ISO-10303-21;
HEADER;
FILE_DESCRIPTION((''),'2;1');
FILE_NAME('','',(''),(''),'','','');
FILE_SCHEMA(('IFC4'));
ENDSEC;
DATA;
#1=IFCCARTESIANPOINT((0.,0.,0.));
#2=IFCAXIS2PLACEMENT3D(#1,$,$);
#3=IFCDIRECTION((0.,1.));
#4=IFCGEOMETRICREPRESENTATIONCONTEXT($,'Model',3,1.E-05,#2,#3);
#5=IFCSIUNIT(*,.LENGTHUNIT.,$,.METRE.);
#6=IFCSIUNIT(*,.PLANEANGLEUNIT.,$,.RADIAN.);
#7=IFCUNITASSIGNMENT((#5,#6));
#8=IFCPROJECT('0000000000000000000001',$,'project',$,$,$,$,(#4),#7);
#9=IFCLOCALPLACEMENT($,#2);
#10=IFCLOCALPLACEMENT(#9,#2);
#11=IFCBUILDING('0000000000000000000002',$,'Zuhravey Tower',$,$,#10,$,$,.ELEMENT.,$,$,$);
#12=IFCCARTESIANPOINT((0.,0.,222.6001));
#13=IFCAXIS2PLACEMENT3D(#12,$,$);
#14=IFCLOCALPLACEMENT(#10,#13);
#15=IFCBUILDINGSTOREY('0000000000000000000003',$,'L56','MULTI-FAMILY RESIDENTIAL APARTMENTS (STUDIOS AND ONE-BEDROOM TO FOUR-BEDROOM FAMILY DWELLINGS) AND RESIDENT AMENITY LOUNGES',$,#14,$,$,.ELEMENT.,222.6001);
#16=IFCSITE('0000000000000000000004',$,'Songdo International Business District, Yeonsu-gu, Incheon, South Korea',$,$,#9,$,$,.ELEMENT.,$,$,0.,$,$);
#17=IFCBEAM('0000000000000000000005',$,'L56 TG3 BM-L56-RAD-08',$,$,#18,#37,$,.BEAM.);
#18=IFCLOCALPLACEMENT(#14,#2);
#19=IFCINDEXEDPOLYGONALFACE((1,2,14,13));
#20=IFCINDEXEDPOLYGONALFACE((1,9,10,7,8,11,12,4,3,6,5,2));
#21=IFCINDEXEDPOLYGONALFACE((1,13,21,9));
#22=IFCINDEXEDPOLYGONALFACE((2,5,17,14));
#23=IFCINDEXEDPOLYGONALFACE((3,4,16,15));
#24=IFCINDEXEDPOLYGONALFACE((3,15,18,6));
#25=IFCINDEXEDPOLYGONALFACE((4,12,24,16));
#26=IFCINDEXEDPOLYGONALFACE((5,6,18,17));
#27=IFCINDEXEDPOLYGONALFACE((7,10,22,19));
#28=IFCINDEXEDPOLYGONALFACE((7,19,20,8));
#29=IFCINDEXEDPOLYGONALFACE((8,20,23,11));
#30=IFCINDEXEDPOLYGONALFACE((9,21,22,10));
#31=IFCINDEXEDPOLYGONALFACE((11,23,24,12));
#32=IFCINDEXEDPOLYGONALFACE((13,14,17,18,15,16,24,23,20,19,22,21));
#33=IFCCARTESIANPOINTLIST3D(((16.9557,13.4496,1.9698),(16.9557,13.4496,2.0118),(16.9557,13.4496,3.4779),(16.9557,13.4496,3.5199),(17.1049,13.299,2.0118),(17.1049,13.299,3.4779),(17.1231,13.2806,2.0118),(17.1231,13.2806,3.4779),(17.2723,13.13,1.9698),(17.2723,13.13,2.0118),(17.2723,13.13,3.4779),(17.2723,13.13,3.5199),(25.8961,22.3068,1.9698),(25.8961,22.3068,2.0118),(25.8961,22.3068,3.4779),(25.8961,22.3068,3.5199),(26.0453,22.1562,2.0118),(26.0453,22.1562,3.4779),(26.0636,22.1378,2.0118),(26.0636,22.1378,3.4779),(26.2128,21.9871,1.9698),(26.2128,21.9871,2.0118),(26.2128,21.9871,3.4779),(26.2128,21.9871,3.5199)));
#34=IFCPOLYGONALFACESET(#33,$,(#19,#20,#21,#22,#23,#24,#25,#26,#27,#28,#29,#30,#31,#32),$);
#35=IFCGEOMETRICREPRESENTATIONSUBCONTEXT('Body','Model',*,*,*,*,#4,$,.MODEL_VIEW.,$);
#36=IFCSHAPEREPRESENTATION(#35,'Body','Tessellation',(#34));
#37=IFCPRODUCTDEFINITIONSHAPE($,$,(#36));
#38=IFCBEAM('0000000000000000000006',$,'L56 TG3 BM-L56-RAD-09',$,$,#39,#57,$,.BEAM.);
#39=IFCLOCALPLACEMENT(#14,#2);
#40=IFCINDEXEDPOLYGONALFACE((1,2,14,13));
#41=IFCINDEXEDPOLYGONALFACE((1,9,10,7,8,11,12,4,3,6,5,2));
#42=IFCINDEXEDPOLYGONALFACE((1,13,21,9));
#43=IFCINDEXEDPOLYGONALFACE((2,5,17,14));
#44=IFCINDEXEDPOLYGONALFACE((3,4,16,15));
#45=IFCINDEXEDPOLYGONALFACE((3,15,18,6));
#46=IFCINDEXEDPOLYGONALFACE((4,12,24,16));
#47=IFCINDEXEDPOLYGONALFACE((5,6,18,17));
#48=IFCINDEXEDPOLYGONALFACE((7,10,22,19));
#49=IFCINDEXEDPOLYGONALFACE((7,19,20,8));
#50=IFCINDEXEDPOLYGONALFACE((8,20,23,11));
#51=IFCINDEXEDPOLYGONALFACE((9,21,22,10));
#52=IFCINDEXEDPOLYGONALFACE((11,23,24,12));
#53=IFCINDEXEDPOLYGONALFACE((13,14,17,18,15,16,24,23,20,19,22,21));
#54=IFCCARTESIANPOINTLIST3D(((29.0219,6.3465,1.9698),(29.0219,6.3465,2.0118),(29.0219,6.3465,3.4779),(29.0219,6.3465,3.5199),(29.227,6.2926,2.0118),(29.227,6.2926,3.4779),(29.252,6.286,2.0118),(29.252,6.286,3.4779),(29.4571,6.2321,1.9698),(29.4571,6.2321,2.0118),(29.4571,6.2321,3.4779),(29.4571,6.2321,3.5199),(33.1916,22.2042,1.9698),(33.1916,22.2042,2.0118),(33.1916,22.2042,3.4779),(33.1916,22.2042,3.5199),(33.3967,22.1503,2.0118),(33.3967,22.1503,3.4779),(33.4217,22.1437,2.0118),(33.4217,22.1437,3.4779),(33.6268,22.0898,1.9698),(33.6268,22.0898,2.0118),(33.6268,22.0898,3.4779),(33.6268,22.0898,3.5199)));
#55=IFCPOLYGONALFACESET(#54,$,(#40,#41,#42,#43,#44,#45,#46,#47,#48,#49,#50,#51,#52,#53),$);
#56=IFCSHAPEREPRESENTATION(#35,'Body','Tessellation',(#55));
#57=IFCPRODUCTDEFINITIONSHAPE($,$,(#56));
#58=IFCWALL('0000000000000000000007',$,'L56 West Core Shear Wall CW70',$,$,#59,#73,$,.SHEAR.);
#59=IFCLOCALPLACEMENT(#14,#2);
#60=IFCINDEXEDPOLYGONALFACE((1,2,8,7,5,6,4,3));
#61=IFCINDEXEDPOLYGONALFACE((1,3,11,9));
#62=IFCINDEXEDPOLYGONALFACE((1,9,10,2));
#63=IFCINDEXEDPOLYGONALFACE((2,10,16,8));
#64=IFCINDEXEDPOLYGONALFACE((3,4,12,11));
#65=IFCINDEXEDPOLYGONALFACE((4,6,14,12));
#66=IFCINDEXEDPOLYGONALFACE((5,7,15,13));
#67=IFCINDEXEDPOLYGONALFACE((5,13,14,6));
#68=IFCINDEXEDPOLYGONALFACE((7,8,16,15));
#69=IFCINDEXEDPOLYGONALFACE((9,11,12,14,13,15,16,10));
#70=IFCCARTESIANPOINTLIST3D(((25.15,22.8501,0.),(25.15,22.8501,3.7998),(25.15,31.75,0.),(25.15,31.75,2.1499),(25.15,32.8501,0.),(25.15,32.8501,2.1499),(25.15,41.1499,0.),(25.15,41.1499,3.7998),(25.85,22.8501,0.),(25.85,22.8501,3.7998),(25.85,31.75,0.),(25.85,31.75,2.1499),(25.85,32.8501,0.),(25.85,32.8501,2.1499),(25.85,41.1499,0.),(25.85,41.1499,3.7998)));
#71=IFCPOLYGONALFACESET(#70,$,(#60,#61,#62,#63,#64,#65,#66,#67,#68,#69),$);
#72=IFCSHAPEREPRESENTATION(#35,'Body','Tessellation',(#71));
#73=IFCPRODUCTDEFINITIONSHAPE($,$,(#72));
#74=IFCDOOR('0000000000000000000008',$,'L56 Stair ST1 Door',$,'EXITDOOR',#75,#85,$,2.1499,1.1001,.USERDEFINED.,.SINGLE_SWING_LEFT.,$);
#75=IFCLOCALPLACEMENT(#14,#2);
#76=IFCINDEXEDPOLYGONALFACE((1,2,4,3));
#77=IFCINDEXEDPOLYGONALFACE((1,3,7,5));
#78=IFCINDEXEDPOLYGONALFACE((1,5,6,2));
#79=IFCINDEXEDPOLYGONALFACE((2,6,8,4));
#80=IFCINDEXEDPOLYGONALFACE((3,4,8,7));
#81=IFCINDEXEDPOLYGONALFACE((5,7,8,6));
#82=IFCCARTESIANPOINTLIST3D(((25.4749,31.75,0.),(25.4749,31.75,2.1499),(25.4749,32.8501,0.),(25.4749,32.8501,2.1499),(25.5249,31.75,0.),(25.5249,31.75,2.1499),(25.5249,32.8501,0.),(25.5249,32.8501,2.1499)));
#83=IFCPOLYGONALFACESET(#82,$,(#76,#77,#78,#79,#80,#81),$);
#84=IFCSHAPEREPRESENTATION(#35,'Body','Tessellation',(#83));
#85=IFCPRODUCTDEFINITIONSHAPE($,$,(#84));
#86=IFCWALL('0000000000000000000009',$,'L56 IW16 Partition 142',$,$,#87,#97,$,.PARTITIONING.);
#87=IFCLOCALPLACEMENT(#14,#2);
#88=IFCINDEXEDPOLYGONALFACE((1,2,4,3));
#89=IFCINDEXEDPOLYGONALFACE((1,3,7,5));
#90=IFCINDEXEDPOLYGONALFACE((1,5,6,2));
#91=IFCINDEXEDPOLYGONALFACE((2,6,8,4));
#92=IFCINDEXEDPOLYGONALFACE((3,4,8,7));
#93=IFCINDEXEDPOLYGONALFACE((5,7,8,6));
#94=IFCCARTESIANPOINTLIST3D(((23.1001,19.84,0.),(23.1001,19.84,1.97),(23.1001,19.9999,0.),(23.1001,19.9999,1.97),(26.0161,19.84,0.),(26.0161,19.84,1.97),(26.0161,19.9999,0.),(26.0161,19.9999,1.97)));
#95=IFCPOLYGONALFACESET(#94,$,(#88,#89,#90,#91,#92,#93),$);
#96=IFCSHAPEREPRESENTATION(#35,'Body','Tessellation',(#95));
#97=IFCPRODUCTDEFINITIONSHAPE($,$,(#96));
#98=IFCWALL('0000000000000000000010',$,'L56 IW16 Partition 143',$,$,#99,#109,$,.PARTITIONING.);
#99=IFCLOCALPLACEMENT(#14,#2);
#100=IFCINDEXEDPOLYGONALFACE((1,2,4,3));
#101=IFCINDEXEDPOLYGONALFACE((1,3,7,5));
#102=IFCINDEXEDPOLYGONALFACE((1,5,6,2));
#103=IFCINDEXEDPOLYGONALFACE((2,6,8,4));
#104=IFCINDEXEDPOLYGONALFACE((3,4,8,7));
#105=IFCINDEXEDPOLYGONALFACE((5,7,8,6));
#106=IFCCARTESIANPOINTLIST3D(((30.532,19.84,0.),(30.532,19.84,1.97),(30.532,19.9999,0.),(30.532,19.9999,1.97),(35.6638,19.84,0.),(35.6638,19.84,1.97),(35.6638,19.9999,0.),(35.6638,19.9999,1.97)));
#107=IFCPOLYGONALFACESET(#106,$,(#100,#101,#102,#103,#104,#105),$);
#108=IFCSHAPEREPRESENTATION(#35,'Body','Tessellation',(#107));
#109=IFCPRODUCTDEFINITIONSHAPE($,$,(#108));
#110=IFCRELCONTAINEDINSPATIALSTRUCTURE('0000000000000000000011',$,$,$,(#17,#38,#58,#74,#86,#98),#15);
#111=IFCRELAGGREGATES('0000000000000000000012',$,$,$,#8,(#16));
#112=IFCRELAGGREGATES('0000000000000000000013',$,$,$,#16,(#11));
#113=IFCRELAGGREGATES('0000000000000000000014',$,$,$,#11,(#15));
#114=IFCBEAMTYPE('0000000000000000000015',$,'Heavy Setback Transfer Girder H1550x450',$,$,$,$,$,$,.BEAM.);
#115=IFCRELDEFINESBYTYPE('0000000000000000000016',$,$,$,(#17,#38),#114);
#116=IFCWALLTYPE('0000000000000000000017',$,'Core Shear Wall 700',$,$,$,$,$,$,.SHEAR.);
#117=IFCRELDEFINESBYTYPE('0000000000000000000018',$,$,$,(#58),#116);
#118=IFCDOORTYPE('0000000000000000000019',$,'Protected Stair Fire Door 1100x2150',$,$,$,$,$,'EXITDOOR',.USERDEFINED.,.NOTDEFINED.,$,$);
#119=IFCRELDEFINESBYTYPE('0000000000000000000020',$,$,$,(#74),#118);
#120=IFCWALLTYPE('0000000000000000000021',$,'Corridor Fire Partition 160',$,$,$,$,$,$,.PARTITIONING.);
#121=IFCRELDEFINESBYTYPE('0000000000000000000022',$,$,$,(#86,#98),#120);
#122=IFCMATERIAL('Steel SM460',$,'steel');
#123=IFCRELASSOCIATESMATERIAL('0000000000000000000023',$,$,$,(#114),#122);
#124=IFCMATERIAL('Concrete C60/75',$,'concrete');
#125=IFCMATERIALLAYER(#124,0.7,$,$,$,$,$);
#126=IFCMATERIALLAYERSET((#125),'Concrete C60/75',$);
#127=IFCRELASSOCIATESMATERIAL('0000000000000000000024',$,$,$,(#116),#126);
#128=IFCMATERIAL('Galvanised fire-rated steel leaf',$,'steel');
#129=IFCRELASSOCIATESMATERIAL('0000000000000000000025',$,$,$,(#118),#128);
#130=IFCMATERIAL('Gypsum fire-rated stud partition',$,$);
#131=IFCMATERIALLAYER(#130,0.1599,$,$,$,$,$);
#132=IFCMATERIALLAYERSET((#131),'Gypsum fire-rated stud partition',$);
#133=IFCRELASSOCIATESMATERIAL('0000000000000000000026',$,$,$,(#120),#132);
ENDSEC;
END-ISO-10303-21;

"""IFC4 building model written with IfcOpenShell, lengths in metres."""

from ifc_helpers import new_model, si_unit, direction, frame, frame_2d, origin, origin_2d, place, context, subcontext, project, spatial, rectangle, i_section, extrude, material, layer, layer_set, material_profile, profile_set, type_object, element, fill, save


model = new_model("IFC4")

# Units and contexts
model_context = context("Model", 3, precision=1e-05, world=origin(), true_north=direction((0.0, 1.0)))
body_context = subcontext(model_context, "Body", "Model", "MODEL_VIEW")
ifc_project = project(units=[si_unit("LENGTHUNIT", "METRE"), si_unit("PLANEANGLEUNIT", "RADIAN")], contexts=[model_context])

# Site, building, storey
site_placement = place(None, origin())
site = spatial("IfcSite", under=ifc_project, at=site_placement, Name="Songdo International Business District, Yeonsu-gu, Incheon, South Korea", CompositionType="ELEMENT", RefElevation=0.0)
building_placement = place(site_placement, origin())
building = spatial("IfcBuilding", under=site, at=building_placement, Name="Zuhravey Tower", CompositionType="ELEMENT")
storey_placement = place(building_placement, frame((0.0, 0.0, 222.6001)))
storey = spatial("IfcBuildingStorey", under=building, at=storey_placement, Name="L56", Description="MULTI-FAMILY RESIDENTIAL APARTMENTS (STUDIOS AND ONE-BEDROOM TO FOUR-BEDROOM FAMILY DWELLINGS) AND RESIDENT AMENITY LOUNGES", CompositionType="ELEMENT", Elevation=222.6001)

# Beams
ifc_material_1 = material(Name="Steel SM460", Category="steel")
ifc_material_profile = material_profile(ifc_material_1, i_section(OverallWidth=0.45, OverallDepth=1.55, WebThickness=0.0259, FlangeThickness=0.042, at=origin_2d()), Name="H-1550x450x26x42")
ifc_profile_set = profile_set([ifc_material_profile], Name="Steel SM460")
beam_type = type_object("IfcBeamType", Name="Heavy Setback Transfer Girder H1550x450", PredefinedType="BEAM", material=ifc_profile_set)
beam_1_placement = place(storey_placement, frame((26.0544, 22.147, 2.7449), z_axis=(-0.710407, -0.703791, 0.0), x_axis=(0.703791, -0.710407, 0.0)))
element("IfcBeam", 1, at=beam_1_placement, inside=storey, type_object=beam_type, Name="L56 TG3 BM-L56-RAD-08", PredefinedType="BEAM", context=body_context, shape_type="SweptSolid", body=[
    extrude(i_section(OverallWidth=0.45, OverallDepth=1.55, WebThickness=0.0259, FlangeThickness=0.042, at=origin_2d()), origin(), (0.0, 0.0, 1.0), 12.585),
])
beam_2_placement = place(storey_placement, frame((33.4092, 22.147, 2.7449), z_axis=(-0.2543, -0.967125, 0.0), x_axis=(0.967125, -0.2543, 0.0)))
element("IfcBeam", 2, at=beam_2_placement, inside=storey, type_object=beam_type, Name="L56 TG3 BM-L56-RAD-09", PredefinedType="BEAM", context=body_context, shape_type="SweptSolid", body=[
    extrude(i_section(OverallWidth=0.45, OverallDepth=1.55, WebThickness=0.0259, FlangeThickness=0.042, at=origin_2d()), origin(), (0.0, 0.0, 1.0), 16.3967),
])

# Wall, opening, door
ifc_material_2 = material(Name="Concrete C60/75", Category="concrete")
ifc_layer_1 = layer(ifc_material_2, 0.7)
ifc_layer_set_1 = layer_set([ifc_layer_1], Name="Concrete C60/75")
wall_type_1 = type_object("IfcWallType", Name="Core Shear Wall 700", PredefinedType="SHEAR", material=ifc_layer_set_1)
ifc_material_3 = material(Name="Galvanised fire-rated steel leaf", Category="steel")
wall_1_placement = place(storey_placement, frame((25.5, 22.8501, 0.0), z_axis=(0.0, 0.0, 1.0), x_axis=(0.0, 1.0, 0.0)))
wall_1 = element("IfcWall", 3, at=wall_1_placement, inside=storey, type_object=wall_type_1, Name="L56 West Core Shear Wall CW70", PredefinedType="SHEAR", context=body_context, shape_type="SweptSolid", body=[
    extrude(rectangle(XDim=18.2998, YDim=0.7, at=frame_2d((9.1499, 0.0))), origin(), (0.0, 0.0, 1.0), 3.7998),
])
opening_1_placement = place(wall_1_placement, frame((8.8999, 0.0, 0.0)))
opening_1 = element("IfcOpeningElement", 4, at=opening_1_placement, cuts=wall_1, PredefinedType="OPENING", context=body_context, shape_type="SweptSolid", body=[
    extrude(rectangle(XDim=1.1001, YDim=2.1499, at=frame_2d((0.55, 1.075))), frame((0.0, 0.3621, 0.0), z_axis=(0.0, -1.0, 0.0), x_axis=(1.0, 0.0, 0.0)), (0.0, 0.0, 1.0), 0.7239),
])
door_type_1 = type_object("IfcDoorType", Name="Protected Stair Fire Door 1100x2150", ElementType="EXITDOOR", OperationType="NOTDEFINED", PredefinedType="USERDEFINED", material=ifc_material_3)
door_1_placement = place(opening_1_placement, frame((1.1001, 0.0, 0.0), z_axis=(0.0, 0.0, 1.0), x_axis=(-1.0, 0.0, 0.0)))
door_1 = element("IfcDoor", 5, at=door_1_placement, inside=storey, type_object=door_type_1, Name="L56 Stair ST1 Door", ObjectType="EXITDOOR", OperationType="SINGLE_SWING_LEFT", OverallHeight=2.1499, OverallWidth=1.1001, PredefinedType="USERDEFINED", context=body_context, shape_type="SweptSolid", body=[
    extrude(rectangle(XDim=1.1001, YDim=2.1499, at=frame_2d((0.55, 1.075))), frame((0.0, 0.0249, 0.0), z_axis=(0.0, -1.0, 0.0), x_axis=(1.0, 0.0, 0.0)), (0.0, 0.0, 1.0), 0.05),
])
fill(opening_1, door_1)
ifc_material_4 = material(Name="Gypsum fire-rated stud partition")
ifc_layer_2 = layer(ifc_material_4, 0.1599)
ifc_layer_set_2 = layer_set([ifc_layer_2], Name="Gypsum fire-rated stud partition")
wall_type_2 = type_object("IfcWallType", Name="Corridor Fire Partition 160", PredefinedType="PARTITIONING", material=ifc_layer_set_2)

# Walls
wall_2_placement = place(storey_placement, frame((23.1001, 19.9199, 0.0), z_axis=(0.0, 0.0, 1.0), x_axis=(1.0, 0.0, 0.0)))
element("IfcWall", 6, at=wall_2_placement, inside=storey, type_object=wall_type_2, Name="L56 IW16 Partition 142", PredefinedType="PARTITIONING", context=body_context, shape_type="SweptSolid", body=[
    extrude(rectangle(XDim=2.916, YDim=0.1599, at=frame_2d((1.458, 0.0))), origin(), (0.0, 0.0, 1.0), 1.97),
])
wall_3_placement = place(storey_placement, frame((30.532, 19.9199, 0.0), z_axis=(0.0, 0.0, 1.0), x_axis=(1.0, 0.0, 0.0)))
element("IfcWall", 7, at=wall_3_placement, inside=storey, type_object=wall_type_2, Name="L56 IW16 Partition 143", PredefinedType="PARTITIONING", context=body_context, shape_type="SweptSolid", body=[
    extrude(rectangle(XDim=5.1318, YDim=0.1599, at=frame_2d((2.5659, 0.0))), origin(), (0.0, 0.0, 1.0), 1.97),
])

save(model, "model.ifc")
